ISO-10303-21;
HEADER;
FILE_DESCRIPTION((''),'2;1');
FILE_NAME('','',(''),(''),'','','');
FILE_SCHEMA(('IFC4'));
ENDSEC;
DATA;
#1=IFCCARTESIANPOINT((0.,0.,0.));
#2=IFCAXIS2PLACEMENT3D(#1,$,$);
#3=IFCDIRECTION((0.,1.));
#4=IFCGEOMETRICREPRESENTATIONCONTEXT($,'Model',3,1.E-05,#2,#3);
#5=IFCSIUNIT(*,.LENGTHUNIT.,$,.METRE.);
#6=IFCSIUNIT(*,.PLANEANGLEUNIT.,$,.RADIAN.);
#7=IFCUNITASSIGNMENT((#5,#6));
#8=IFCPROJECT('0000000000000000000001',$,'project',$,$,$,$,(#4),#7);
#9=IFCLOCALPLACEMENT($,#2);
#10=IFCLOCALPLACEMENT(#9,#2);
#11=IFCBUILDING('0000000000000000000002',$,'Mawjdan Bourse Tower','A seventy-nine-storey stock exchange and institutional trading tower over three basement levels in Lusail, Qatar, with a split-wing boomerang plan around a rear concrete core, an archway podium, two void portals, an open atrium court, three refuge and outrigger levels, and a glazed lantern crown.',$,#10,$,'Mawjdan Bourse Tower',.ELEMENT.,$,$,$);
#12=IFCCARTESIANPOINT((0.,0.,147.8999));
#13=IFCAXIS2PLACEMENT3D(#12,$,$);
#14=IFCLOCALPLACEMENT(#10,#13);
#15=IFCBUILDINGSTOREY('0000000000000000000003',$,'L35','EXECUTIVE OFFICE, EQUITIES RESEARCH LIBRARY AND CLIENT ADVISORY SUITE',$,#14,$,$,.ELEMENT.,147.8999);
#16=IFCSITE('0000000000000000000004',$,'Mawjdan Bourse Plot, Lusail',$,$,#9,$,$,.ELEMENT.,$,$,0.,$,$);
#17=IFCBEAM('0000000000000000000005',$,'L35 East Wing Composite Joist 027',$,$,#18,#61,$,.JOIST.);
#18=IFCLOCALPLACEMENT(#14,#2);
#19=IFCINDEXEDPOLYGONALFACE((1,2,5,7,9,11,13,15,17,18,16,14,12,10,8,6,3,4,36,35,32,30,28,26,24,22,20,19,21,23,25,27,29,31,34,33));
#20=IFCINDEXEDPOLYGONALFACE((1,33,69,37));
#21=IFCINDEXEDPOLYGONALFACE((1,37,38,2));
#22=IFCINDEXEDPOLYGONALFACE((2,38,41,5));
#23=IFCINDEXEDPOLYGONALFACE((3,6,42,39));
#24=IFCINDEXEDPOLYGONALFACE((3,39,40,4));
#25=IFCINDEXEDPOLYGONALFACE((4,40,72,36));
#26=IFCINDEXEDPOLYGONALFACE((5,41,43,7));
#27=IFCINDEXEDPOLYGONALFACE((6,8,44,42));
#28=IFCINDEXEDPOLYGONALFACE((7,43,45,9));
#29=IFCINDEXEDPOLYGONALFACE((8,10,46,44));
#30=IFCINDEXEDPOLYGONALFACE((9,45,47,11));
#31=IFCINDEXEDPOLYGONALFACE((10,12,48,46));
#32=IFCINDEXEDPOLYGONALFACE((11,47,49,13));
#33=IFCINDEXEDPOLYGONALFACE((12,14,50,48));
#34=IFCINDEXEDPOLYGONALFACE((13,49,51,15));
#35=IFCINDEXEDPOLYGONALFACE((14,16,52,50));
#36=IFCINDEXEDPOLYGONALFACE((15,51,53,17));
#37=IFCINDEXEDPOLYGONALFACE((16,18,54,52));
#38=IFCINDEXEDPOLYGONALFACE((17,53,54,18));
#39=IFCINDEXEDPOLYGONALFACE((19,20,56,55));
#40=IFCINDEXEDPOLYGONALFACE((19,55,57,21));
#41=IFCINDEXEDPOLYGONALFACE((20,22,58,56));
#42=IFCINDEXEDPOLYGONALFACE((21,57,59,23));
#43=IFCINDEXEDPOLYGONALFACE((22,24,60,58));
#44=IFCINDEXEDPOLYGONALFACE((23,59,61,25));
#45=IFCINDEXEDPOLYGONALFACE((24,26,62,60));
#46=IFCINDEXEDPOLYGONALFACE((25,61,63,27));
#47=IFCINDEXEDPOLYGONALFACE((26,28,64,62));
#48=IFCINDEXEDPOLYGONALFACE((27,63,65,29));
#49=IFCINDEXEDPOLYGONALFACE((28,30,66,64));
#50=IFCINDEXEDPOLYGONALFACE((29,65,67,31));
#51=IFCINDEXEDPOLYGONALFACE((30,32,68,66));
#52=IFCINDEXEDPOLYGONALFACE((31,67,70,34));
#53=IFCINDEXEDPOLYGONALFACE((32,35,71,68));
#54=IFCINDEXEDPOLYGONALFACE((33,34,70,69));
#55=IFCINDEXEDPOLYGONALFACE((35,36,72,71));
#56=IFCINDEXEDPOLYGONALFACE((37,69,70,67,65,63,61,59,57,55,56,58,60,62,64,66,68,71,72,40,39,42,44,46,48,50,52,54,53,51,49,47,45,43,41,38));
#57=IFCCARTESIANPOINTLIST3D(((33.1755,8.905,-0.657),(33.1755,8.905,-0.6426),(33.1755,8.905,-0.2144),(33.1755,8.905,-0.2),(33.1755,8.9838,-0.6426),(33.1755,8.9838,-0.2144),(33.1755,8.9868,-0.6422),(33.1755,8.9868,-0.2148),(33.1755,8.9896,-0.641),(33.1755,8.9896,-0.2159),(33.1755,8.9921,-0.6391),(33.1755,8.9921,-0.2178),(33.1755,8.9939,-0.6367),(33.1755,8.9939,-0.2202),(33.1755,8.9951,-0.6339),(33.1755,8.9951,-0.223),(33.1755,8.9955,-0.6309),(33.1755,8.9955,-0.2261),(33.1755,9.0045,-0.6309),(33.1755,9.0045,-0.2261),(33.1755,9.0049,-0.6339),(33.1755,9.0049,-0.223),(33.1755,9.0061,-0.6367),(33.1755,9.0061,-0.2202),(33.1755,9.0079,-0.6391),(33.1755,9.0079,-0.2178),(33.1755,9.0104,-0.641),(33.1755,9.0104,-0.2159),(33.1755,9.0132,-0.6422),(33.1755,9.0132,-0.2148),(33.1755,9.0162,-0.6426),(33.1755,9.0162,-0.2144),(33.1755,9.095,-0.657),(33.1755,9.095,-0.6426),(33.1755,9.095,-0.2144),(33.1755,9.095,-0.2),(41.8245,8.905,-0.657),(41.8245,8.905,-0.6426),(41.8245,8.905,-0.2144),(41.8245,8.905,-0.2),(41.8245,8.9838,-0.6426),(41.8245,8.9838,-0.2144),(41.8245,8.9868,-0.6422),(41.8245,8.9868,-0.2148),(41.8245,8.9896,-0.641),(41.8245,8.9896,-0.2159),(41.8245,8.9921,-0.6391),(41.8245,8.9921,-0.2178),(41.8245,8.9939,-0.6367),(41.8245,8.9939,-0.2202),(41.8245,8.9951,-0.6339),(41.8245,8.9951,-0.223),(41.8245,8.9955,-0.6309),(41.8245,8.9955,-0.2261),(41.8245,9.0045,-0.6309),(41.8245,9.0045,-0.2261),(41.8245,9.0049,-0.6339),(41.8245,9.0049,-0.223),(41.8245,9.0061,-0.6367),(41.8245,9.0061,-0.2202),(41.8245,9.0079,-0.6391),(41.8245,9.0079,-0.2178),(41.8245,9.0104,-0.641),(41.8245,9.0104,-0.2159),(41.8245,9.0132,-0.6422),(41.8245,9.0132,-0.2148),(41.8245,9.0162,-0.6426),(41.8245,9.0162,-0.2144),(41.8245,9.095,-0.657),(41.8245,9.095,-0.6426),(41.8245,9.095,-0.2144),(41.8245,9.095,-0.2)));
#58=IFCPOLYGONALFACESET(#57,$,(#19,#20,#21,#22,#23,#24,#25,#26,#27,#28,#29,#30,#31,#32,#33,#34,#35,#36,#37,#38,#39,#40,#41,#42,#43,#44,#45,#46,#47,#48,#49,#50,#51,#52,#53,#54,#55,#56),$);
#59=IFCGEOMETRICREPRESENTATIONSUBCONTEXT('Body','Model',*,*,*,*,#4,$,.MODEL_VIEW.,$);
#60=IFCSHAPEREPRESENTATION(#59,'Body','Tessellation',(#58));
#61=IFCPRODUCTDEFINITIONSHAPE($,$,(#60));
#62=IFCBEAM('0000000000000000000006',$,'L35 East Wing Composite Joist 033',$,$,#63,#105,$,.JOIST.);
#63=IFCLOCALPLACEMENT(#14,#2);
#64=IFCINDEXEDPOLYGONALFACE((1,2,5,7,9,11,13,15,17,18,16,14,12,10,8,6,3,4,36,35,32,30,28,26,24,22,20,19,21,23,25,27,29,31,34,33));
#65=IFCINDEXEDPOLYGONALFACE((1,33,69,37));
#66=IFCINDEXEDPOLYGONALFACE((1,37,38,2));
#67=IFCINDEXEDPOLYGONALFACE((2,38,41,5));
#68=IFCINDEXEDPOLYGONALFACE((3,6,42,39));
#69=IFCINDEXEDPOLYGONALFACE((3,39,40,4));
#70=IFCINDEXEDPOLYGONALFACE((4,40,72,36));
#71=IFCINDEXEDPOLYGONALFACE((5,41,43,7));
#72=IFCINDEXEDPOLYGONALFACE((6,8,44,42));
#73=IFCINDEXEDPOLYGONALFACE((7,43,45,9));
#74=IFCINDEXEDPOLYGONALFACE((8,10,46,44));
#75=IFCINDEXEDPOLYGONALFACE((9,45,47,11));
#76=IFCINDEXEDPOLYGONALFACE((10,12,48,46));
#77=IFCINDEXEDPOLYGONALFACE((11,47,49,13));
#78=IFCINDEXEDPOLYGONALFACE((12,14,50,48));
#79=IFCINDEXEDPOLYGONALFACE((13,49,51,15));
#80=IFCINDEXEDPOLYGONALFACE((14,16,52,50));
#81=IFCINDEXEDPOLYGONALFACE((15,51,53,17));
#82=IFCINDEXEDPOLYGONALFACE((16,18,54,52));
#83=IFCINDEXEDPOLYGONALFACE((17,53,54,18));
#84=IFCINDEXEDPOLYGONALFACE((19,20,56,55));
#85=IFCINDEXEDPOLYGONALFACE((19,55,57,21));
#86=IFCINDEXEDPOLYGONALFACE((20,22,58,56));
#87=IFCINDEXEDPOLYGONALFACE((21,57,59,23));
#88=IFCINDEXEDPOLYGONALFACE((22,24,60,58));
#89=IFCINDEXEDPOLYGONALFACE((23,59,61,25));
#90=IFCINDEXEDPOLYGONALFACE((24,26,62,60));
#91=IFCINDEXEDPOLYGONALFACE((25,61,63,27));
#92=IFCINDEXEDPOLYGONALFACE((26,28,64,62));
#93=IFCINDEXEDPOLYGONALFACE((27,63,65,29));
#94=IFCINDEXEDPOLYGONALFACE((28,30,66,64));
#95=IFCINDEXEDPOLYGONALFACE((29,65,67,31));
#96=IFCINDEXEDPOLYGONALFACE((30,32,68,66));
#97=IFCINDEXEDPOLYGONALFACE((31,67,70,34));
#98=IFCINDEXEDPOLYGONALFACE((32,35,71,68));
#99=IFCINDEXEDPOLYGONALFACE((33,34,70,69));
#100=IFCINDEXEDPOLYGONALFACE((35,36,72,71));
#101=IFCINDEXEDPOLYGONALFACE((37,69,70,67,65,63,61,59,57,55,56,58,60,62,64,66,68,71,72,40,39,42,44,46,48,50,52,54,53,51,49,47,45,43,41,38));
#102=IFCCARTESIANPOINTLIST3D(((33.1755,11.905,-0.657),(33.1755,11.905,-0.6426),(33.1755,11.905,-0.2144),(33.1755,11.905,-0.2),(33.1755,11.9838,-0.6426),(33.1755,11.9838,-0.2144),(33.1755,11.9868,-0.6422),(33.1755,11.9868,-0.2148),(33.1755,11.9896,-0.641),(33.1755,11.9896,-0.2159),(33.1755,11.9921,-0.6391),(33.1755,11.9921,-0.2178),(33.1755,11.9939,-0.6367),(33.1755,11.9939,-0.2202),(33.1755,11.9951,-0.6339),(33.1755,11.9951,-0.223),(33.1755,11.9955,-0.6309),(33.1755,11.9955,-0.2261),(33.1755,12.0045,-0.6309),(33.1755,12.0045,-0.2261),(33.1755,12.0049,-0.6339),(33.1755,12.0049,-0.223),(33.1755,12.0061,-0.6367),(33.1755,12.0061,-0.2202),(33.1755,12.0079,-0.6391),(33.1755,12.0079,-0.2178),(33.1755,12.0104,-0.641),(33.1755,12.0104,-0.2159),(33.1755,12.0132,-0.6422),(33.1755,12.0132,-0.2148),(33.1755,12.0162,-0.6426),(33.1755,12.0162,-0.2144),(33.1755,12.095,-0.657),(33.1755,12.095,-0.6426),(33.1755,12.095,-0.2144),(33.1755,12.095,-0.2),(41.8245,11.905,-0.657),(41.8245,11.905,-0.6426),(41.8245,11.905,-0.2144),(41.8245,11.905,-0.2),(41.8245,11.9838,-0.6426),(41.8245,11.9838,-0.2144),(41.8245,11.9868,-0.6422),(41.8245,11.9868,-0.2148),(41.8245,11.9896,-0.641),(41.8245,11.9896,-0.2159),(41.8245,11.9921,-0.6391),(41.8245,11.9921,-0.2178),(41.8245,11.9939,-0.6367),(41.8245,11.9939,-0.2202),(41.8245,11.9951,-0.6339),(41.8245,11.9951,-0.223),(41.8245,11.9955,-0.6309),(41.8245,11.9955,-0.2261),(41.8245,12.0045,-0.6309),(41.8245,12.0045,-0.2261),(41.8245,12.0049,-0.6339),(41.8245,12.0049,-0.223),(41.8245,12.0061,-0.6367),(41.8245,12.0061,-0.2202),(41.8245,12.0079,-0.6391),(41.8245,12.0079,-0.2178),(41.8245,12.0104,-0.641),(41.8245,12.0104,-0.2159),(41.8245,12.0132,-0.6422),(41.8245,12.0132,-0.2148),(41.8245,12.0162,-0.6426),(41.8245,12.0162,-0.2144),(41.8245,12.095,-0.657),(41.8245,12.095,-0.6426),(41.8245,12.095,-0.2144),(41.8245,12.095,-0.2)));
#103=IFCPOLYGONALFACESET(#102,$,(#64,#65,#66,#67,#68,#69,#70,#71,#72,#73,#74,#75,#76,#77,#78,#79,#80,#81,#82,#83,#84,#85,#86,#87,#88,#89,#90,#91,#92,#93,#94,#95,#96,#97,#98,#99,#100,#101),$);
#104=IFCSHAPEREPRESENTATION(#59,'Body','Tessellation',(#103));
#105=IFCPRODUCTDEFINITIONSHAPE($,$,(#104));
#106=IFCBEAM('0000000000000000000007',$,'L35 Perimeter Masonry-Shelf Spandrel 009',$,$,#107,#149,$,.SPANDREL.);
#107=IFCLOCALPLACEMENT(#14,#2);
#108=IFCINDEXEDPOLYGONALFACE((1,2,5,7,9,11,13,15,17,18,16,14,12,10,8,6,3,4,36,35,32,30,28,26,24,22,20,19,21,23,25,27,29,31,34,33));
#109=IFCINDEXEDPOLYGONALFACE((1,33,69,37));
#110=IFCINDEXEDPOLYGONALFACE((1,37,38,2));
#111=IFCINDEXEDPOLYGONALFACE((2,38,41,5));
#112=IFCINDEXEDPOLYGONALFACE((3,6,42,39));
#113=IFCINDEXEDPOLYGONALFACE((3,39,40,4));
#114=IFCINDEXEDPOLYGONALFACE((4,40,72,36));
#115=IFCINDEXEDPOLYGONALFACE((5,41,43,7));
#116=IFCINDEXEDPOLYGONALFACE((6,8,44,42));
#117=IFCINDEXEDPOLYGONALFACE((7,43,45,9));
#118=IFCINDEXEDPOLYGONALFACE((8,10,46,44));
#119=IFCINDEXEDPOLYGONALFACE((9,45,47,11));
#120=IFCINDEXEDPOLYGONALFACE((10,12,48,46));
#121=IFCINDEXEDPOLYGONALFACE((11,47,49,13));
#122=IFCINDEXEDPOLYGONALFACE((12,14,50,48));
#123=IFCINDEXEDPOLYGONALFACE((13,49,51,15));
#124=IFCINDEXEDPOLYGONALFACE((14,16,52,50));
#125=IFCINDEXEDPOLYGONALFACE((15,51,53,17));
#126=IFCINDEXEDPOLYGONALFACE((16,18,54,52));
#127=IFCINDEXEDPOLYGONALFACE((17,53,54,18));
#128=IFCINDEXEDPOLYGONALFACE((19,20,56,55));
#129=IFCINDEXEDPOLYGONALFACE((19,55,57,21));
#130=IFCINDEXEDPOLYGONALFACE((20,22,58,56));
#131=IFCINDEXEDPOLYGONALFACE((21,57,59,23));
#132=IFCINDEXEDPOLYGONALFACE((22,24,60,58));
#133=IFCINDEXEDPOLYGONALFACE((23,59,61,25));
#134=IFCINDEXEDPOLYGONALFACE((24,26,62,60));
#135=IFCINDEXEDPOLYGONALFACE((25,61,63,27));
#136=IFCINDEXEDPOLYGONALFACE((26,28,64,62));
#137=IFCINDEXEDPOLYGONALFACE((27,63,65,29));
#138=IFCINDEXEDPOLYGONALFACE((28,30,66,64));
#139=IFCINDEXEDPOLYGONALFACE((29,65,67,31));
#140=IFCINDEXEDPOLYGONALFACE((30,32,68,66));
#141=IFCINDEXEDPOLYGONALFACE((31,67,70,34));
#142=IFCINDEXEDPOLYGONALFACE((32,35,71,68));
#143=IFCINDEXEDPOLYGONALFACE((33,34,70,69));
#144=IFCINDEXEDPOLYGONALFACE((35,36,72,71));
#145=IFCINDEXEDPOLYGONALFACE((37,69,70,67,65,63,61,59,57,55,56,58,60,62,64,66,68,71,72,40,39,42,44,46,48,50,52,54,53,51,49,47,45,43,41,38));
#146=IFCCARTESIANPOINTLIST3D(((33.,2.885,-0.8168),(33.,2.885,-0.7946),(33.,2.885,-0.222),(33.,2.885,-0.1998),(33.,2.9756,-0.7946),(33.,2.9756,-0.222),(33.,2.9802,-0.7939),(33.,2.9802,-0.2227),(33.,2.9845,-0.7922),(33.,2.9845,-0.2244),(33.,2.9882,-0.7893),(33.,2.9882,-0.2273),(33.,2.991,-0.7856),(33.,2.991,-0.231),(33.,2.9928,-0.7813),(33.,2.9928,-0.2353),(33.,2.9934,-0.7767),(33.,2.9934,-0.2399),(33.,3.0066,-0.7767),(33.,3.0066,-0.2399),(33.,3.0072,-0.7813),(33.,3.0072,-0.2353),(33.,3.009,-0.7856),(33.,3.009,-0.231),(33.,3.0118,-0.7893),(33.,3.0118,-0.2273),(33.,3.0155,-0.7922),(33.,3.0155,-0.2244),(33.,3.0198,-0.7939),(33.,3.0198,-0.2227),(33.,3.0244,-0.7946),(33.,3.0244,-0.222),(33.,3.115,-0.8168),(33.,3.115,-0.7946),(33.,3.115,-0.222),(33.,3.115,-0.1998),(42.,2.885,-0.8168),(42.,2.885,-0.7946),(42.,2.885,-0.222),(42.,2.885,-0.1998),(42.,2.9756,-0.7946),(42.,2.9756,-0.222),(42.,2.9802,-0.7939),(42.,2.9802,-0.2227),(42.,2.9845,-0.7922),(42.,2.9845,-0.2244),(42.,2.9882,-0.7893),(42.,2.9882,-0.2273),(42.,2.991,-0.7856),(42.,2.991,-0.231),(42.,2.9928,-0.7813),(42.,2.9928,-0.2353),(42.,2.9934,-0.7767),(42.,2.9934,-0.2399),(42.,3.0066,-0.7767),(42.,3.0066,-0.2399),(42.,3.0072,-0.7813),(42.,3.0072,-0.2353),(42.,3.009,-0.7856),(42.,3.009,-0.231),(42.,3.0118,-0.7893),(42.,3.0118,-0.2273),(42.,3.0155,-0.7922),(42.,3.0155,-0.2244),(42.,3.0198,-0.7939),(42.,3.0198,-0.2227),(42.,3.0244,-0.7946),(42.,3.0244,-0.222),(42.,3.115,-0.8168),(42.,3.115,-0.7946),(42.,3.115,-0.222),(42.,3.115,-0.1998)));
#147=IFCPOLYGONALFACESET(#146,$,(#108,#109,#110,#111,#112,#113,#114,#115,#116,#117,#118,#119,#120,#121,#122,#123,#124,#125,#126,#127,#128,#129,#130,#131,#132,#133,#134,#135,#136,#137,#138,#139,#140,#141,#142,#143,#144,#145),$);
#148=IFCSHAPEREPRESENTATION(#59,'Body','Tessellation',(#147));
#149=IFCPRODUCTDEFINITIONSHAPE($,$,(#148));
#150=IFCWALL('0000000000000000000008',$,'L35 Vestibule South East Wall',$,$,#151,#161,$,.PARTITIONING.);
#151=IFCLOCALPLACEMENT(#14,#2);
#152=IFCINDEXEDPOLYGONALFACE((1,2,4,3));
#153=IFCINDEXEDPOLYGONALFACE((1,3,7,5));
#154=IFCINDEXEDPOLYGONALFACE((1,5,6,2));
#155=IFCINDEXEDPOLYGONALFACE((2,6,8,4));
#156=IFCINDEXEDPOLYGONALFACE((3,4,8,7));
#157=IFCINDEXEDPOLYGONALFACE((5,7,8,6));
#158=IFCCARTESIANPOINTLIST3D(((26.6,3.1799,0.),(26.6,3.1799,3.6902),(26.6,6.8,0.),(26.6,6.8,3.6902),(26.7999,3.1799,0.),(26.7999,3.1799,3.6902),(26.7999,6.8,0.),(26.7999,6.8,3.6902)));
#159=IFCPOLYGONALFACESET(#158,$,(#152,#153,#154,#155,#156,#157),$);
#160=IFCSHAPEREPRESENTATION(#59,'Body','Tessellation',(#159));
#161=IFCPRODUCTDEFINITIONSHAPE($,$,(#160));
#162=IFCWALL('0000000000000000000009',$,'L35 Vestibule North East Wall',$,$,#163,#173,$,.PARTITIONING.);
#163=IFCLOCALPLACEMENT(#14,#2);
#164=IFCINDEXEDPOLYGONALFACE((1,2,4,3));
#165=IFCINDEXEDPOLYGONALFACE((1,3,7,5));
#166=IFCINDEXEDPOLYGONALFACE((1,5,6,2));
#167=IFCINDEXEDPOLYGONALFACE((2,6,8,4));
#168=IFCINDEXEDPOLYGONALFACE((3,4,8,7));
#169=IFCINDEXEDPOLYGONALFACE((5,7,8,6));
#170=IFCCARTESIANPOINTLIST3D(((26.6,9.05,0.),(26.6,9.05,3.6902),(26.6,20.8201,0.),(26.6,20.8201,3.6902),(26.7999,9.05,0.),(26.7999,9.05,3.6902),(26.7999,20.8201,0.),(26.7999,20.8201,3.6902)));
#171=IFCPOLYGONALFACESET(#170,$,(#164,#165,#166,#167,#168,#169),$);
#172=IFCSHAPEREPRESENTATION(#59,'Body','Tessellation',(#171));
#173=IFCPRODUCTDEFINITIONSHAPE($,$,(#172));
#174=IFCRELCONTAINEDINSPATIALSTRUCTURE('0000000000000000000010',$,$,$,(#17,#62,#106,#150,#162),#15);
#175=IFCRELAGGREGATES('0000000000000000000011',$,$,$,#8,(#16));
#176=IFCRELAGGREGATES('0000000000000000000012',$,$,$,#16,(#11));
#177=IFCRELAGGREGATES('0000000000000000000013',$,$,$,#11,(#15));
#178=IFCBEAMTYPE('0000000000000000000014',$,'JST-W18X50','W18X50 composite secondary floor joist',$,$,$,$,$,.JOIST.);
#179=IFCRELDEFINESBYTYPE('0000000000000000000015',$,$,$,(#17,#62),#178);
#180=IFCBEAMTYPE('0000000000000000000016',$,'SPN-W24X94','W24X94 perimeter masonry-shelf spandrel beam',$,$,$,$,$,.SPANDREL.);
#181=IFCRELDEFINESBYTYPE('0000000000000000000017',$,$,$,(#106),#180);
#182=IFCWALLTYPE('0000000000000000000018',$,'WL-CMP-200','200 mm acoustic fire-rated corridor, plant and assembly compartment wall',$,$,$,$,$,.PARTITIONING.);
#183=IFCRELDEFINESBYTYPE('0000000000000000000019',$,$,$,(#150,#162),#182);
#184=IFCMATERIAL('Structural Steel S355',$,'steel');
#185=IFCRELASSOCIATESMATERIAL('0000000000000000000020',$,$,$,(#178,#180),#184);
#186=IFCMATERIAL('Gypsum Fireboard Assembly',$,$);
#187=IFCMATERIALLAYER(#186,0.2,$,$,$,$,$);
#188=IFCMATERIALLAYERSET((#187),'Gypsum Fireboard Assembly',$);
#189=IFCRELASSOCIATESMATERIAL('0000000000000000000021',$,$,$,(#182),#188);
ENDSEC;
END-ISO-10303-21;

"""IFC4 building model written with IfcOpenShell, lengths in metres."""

from ifc_helpers import new_model, si_unit, direction, frame, frame_2d, origin, origin_2d, place, context, subcontext, project, spatial, rectangle, i_section, extrude, material, layer, layer_set, material_profile, profile_set, type_object, element, save


model = new_model("IFC4")

# Units and contexts
model_context = context("Model", 3, precision=1e-05, world=origin(), true_north=direction((0.0, 1.0)))
body_context = subcontext(model_context, "Body", "Model", "MODEL_VIEW")
ifc_project = project(units=[si_unit("LENGTHUNIT", "METRE"), si_unit("PLANEANGLEUNIT", "RADIAN")], contexts=[model_context])

# Site, building, storey
site_placement = place(None, origin())
site = spatial("IfcSite", under=ifc_project, at=site_placement, Name="Mawjdan Bourse Plot, Lusail", CompositionType="ELEMENT", RefElevation=0.0)
building_placement = place(site_placement, origin())
building = spatial("IfcBuilding", under=site, at=building_placement, Name="Mawjdan Bourse Tower", Description="A seventy-nine-storey stock exchange and institutional trading tower over three basement levels in Lusail, Qatar, with a split-wing boomerang plan around a rear concrete core, an archway podium, two void portals, an open atrium court, three refuge and outrigger levels, and a glazed lantern crown.", LongName="Mawjdan Bourse Tower", CompositionType="ELEMENT")
storey_placement = place(building_placement, frame((0.0, 0.0, 147.8999)))
storey = spatial("IfcBuildingStorey", under=building, at=storey_placement, Name="L35", Description="EXECUTIVE OFFICE, EQUITIES RESEARCH LIBRARY AND CLIENT ADVISORY SUITE", CompositionType="ELEMENT", Elevation=147.8999)

# Beams
ifc_material_1 = material(Name="Structural Steel S355", Category="steel")
ifc_material_profile_1 = material_profile(ifc_material_1, i_section(OverallWidth=0.1899, OverallDepth=0.457, WebThickness=0.009, FlangeThickness=0.0144, FilletRadius=0.0117, at=origin_2d()), Name="W18X50")
ifc_profile_set_1 = profile_set([ifc_material_profile_1], Name="Structural Steel S355")
beam_type_1 = type_object("IfcBeamType", Name="JST-W18X50", Description="W18X50 composite secondary floor joist", PredefinedType="JOIST", material=ifc_profile_set_1)
for number, where, z_axis, x_axis, name in (
    (1, (33.1755, 9.0, -0.4285), (1.0, 0.0, 0.0), (0.0, 1.0, 0.0), "L35 East Wing Composite Joist 027"),
    (2, (33.1755, 12.0, -0.4285), (1.0, 0.0, 0.0), (0.0, 1.0, 0.0), "L35 East Wing Composite Joist 033"),
):
    element("IfcBeam", number, at=place(storey_placement, frame(where, z_axis=z_axis, x_axis=x_axis)), inside=storey, type_object=beam_type_1, Name=name, PredefinedType="JOIST", context=body_context, shape_type="SweptSolid", body=[
        extrude(i_section(OverallWidth=0.1899, OverallDepth=0.457, WebThickness=0.009, FlangeThickness=0.0144, FilletRadius=0.0117, at=origin_2d()), origin(), (0.0, 0.0, 1.0), 8.6489),
    ])
ifc_material_profile_2 = material_profile(ifc_material_1, i_section(OverallWidth=0.23, OverallDepth=0.6169, WebThickness=0.0132, FlangeThickness=0.0222, FilletRadius=0.0178, at=origin_2d()), Name="W24X94")
ifc_profile_set_2 = profile_set([ifc_material_profile_2], Name="Structural Steel S355")
beam_type_2 = type_object("IfcBeamType", Name="SPN-W24X94", Description="W24X94 perimeter masonry-shelf spandrel beam", PredefinedType="SPANDREL", material=ifc_profile_set_2)
beam_placement = place(storey_placement, frame((33.0, 3.0, -0.5083), z_axis=(1.0, 0.0, 0.0), x_axis=(0.0, 1.0, 0.0)))
element("IfcBeam", 3, at=beam_placement, inside=storey, type_object=beam_type_2, Name="L35 Perimeter Masonry-Shelf Spandrel 009", PredefinedType="SPANDREL", context=body_context, shape_type="SweptSolid", body=[
    extrude(i_section(OverallWidth=0.23, OverallDepth=0.6169, WebThickness=0.0132, FlangeThickness=0.0222, FilletRadius=0.0178, at=origin_2d()), origin(), (0.0, 0.0, 1.0), 9.0),
])

# Walls
ifc_material_2 = material(Name="Gypsum Fireboard Assembly")
ifc_layer_1 = layer(ifc_material_2, 0.2)
ifc_layer_set_1 = layer_set([ifc_layer_1], Name="Gypsum Fireboard Assembly")
wall_type_1 = type_object("IfcWallType", Name="WL-CMP-200", Description="200 mm acoustic fire-rated corridor, plant and assembly compartment wall", PredefinedType="PARTITIONING", material=ifc_layer_set_1)
wall_1_placement = place(storey_placement, frame((26.7, 3.1799, 0.0), z_axis=(0.0, 0.0, 1.0), x_axis=(0.0, 1.0, 0.0)))
element("IfcWall", 4, at=wall_1_placement, inside=storey, type_object=wall_type_1, Name="L35 Vestibule South East Wall", PredefinedType="PARTITIONING", context=body_context, shape_type="SweptSolid", body=[
    extrude(rectangle(XDim=3.6201, YDim=0.2, at=frame_2d((1.8101, 0.0))), origin(), (0.0, 0.0, 1.0), 3.6902),
])
wall_2_placement = place(storey_placement, frame((26.7, 9.05, 0.0), z_axis=(0.0, 0.0, 1.0), x_axis=(0.0, 1.0, 0.0)))
element("IfcWall", 5, at=wall_2_placement, inside=storey, type_object=wall_type_1, Name="L35 Vestibule North East Wall", PredefinedType="PARTITIONING", context=body_context, shape_type="SweptSolid", body=[
    extrude(rectangle(XDim=11.77, YDim=0.2, at=frame_2d((5.885, 0.0))), origin(), (0.0, 0.0, 1.0), 3.6902),
])

save(model, "model.ifc")
